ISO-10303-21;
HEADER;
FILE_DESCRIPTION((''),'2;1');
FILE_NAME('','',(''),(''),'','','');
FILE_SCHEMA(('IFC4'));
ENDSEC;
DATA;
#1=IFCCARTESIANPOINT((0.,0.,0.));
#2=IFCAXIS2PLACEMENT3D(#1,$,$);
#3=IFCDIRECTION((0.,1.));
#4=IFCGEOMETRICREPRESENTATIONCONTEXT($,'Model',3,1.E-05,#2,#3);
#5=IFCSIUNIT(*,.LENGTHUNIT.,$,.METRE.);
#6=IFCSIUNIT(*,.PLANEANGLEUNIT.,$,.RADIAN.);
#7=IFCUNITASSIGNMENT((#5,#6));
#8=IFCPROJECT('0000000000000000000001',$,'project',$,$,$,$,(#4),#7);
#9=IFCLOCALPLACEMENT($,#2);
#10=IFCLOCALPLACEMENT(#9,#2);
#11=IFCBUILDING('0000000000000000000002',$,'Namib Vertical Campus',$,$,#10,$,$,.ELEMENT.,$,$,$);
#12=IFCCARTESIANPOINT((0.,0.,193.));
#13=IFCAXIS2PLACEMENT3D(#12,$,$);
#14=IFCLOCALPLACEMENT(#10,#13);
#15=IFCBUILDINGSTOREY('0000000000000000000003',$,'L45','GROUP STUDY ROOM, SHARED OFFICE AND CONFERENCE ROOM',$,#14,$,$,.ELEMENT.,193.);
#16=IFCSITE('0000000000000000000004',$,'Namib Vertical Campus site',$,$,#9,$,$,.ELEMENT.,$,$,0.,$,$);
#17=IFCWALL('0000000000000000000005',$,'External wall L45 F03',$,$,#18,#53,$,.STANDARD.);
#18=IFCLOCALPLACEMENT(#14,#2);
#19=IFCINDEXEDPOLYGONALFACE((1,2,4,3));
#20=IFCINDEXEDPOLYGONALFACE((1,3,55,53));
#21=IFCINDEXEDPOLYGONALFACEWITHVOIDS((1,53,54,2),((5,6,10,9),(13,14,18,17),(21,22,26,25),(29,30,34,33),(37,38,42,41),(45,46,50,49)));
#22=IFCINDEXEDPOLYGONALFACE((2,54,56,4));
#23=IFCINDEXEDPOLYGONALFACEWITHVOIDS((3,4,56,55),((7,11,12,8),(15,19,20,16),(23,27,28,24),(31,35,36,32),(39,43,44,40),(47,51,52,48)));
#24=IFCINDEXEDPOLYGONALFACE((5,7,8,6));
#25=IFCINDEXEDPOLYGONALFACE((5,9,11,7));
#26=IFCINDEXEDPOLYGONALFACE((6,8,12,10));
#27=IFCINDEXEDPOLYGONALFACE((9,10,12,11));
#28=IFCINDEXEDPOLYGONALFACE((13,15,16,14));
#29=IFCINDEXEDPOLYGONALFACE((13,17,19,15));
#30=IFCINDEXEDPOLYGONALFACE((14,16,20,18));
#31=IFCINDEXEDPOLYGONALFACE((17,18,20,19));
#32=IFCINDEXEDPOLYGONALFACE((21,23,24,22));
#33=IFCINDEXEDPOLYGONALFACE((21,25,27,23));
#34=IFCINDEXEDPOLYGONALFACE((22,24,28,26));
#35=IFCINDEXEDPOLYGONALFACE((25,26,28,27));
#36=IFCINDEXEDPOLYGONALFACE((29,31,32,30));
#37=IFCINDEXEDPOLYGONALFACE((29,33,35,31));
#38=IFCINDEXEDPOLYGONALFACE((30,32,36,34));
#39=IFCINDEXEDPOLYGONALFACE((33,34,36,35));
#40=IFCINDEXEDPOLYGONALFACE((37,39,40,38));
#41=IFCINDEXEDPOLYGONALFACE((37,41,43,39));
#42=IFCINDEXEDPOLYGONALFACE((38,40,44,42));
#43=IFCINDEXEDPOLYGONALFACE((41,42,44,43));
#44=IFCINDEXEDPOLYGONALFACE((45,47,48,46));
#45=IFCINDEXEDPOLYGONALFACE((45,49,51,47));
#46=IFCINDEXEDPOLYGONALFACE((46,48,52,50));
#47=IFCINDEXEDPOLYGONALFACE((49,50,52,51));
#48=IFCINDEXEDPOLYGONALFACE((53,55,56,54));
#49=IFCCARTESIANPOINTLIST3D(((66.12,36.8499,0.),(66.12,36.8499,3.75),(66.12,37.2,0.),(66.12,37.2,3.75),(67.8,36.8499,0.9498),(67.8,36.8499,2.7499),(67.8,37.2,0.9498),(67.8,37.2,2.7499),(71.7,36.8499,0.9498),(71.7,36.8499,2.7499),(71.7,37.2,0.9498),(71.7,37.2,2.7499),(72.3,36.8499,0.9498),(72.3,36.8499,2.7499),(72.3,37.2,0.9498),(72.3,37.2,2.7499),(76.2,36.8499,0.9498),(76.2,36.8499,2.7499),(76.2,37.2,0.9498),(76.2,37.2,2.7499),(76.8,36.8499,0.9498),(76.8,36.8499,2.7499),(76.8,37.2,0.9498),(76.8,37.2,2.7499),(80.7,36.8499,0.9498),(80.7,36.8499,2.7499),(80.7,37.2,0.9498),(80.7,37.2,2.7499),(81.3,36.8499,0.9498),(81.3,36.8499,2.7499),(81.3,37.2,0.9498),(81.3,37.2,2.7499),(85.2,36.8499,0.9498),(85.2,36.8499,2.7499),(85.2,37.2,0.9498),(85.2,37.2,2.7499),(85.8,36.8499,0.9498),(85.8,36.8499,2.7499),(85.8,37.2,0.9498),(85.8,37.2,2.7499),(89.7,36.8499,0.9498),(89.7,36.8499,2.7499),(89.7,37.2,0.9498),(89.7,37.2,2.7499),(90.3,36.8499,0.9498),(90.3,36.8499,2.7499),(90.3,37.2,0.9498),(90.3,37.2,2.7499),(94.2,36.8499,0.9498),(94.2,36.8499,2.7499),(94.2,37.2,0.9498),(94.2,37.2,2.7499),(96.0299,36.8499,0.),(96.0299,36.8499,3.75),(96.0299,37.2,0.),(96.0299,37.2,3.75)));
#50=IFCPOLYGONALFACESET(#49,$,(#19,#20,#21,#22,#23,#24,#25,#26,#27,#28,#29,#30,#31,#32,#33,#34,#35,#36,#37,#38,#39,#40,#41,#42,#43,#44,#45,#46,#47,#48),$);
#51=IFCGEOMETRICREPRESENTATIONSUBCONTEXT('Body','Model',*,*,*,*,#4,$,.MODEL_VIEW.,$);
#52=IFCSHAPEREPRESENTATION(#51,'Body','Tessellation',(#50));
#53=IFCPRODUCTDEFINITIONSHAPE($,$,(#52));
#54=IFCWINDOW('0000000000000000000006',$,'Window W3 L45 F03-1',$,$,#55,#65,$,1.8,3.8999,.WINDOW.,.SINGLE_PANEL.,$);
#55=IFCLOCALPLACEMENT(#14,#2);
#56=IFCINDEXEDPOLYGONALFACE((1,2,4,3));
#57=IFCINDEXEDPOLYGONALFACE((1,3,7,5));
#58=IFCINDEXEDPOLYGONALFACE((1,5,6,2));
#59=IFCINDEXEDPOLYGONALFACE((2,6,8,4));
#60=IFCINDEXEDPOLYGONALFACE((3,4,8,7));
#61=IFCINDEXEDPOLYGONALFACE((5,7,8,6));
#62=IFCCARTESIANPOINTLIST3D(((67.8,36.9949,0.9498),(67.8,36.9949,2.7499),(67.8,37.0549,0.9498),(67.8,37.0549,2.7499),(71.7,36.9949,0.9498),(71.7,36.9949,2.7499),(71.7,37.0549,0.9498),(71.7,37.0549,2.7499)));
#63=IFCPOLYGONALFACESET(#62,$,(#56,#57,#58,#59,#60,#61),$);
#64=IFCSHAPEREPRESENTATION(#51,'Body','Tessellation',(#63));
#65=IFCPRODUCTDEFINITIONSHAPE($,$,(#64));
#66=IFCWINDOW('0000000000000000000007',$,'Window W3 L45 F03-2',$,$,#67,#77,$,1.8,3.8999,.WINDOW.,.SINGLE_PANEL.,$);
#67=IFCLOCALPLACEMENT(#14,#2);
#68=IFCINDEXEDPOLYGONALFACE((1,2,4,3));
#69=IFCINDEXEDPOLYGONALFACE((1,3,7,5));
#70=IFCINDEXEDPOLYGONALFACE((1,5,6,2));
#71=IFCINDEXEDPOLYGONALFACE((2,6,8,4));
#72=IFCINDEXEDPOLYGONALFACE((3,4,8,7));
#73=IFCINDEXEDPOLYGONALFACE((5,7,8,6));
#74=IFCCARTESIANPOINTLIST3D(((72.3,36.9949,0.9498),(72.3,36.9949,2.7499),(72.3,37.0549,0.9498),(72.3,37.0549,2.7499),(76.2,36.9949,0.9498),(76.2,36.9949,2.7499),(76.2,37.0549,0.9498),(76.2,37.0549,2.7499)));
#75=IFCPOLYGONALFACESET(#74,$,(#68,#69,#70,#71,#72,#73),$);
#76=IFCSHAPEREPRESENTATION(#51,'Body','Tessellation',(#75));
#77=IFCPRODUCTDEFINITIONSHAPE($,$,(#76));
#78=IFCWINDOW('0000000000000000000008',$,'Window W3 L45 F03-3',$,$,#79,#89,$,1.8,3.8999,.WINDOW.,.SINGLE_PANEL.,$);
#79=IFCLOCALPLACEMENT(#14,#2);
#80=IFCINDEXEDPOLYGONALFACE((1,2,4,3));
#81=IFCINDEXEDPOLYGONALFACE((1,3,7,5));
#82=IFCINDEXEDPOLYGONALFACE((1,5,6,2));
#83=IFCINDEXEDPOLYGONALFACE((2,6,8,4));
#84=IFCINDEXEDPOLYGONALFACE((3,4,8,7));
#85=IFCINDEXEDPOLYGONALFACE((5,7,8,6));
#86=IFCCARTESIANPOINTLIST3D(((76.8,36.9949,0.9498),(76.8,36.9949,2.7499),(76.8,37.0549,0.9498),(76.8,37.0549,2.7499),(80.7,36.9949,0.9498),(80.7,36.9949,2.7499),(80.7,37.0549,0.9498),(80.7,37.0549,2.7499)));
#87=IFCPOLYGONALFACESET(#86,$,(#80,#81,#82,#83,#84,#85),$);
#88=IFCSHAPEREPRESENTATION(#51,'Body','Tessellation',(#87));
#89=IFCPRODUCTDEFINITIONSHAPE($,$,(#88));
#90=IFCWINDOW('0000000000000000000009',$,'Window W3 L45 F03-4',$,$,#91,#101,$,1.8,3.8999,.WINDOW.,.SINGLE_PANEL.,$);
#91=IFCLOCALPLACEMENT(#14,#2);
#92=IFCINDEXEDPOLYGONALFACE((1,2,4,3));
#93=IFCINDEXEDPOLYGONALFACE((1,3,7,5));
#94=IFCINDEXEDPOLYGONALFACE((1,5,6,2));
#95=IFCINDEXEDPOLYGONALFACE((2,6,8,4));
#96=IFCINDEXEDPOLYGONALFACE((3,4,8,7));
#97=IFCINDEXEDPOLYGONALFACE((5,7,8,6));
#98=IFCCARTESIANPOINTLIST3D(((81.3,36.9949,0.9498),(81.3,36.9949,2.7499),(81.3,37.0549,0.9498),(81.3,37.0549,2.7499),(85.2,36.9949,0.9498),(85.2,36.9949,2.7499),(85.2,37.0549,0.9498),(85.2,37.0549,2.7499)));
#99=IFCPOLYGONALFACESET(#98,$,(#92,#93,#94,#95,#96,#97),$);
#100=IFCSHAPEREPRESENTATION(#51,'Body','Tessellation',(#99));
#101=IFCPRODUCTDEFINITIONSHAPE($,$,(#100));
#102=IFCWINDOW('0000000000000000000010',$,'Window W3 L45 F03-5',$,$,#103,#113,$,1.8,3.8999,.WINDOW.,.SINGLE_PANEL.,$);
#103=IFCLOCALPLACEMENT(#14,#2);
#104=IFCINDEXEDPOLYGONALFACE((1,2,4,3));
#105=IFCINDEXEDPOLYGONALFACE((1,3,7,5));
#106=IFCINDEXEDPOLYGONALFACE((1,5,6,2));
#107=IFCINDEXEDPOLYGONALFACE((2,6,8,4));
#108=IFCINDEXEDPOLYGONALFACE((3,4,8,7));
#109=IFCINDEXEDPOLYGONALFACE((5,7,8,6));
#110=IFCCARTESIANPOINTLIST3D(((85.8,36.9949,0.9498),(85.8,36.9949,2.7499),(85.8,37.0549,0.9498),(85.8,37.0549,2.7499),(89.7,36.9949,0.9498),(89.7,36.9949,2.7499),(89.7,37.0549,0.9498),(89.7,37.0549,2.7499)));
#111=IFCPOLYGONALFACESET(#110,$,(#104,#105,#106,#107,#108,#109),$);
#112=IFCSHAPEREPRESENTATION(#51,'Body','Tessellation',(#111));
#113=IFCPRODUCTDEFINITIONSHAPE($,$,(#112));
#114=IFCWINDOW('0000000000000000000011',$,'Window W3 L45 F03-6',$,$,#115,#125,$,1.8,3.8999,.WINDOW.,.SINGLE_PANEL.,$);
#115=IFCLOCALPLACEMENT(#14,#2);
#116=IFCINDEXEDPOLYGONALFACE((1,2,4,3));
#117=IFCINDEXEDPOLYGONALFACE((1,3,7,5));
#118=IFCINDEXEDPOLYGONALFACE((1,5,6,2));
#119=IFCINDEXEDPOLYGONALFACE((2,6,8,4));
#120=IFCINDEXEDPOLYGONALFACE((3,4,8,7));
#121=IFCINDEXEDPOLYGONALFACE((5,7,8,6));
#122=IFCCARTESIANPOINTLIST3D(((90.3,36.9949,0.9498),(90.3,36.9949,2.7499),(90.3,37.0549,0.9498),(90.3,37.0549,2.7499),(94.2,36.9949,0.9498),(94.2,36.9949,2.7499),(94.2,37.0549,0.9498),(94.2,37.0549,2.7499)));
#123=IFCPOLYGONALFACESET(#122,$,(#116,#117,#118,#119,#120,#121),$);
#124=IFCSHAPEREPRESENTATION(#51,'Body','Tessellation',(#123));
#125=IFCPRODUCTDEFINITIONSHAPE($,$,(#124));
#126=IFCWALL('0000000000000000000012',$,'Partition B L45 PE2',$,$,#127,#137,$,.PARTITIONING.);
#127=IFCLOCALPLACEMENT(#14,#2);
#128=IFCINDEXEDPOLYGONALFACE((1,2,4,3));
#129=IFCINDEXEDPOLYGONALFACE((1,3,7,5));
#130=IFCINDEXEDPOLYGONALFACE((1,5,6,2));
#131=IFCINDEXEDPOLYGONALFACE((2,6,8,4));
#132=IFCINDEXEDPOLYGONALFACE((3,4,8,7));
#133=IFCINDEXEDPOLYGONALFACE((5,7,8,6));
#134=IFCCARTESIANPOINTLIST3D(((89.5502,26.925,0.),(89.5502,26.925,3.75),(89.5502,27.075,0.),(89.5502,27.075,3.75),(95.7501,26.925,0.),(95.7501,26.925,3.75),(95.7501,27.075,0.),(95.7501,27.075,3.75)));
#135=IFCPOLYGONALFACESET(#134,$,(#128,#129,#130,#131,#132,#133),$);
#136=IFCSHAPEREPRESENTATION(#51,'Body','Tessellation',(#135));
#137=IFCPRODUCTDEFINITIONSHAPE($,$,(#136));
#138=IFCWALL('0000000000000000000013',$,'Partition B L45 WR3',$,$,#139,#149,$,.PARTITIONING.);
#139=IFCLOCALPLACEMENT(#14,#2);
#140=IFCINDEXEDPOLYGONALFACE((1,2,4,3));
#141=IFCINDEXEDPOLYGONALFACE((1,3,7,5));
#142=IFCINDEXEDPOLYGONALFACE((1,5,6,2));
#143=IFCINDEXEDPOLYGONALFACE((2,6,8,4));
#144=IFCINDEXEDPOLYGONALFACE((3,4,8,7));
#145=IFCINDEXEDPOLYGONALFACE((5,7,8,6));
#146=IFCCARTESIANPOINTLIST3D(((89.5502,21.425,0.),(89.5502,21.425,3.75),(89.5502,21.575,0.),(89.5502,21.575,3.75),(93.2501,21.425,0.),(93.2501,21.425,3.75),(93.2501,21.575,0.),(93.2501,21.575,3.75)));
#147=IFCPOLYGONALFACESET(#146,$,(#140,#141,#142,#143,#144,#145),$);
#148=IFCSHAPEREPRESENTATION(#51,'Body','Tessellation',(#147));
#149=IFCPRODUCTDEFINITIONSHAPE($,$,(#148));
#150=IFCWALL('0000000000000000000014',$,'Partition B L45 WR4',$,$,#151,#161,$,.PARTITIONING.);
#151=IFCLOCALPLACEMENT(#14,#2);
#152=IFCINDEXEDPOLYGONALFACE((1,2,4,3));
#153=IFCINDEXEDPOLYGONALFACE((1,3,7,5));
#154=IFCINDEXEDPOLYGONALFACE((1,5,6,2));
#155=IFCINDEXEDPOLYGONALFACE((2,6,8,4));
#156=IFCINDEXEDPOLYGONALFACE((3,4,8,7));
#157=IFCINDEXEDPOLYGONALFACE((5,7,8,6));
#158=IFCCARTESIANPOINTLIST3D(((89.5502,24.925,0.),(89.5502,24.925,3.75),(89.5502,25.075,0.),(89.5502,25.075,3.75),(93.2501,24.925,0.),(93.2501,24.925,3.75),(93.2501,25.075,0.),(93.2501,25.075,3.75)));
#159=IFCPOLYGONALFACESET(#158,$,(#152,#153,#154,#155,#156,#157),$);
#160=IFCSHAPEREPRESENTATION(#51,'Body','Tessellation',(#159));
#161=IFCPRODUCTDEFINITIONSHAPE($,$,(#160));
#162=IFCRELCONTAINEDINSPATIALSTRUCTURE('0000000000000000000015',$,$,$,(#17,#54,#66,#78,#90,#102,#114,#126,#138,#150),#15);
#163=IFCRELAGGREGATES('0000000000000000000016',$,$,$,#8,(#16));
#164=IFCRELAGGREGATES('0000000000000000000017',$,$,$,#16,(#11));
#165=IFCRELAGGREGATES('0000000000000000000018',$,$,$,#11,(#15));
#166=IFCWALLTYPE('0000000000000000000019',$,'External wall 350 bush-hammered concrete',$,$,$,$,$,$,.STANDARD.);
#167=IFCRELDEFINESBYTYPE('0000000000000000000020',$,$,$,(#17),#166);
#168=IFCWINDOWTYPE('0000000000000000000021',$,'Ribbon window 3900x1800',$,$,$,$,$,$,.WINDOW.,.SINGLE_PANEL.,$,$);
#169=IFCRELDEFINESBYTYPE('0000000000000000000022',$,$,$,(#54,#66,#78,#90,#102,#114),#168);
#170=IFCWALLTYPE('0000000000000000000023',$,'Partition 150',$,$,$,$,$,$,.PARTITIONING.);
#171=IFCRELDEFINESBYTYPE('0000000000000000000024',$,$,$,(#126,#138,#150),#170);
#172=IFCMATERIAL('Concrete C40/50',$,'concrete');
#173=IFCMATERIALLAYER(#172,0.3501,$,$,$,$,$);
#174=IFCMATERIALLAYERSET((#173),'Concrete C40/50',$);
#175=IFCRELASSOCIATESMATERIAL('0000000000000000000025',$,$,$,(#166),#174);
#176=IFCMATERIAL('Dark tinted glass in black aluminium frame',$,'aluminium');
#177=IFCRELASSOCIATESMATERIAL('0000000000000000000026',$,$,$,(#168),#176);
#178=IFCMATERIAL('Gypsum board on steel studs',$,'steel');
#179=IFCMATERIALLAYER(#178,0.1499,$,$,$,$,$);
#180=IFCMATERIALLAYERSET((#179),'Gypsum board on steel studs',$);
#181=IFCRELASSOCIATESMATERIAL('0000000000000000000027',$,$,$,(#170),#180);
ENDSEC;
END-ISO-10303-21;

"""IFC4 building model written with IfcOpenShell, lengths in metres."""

from ifc_helpers import new_model, si_unit, direction, frame, frame_2d, origin, place, context, subcontext, project, spatial, rectangle, extrude, material, layer, layer_set, type_object, element, fill, save


model = new_model("IFC4")

# Units and contexts
model_context = context("Model", 3, precision=1e-05, world=origin(), true_north=direction((0.0, 1.0)))
body_context = subcontext(model_context, "Body", "Model", "MODEL_VIEW")
ifc_project = project(units=[si_unit("LENGTHUNIT", "METRE"), si_unit("PLANEANGLEUNIT", "RADIAN")], contexts=[model_context])

# Site, building, storey
site_placement = place(None, origin())
site = spatial("IfcSite", under=ifc_project, at=site_placement, Name="Namib Vertical Campus site", CompositionType="ELEMENT", RefElevation=0.0)
building_placement = place(site_placement, origin())
building = spatial("IfcBuilding", under=site, at=building_placement, Name="Namib Vertical Campus", CompositionType="ELEMENT")
storey_placement = place(building_placement, frame((0.0, 0.0, 193.0)))
storey = spatial("IfcBuildingStorey", under=building, at=storey_placement, Name="L45", Description="GROUP STUDY ROOM, SHARED OFFICE AND CONFERENCE ROOM", CompositionType="ELEMENT", Elevation=193.0)

# Wall, openings, windows
ifc_material_1 = material(Name="Concrete C40/50", Category="concrete")
ifc_layer_1 = layer(ifc_material_1, 0.3501)
ifc_layer_set_1 = layer_set([ifc_layer_1], Name="Concrete C40/50")
wall_type_1 = type_object("IfcWallType", Name="External wall 350 bush-hammered concrete", PredefinedType="STANDARD", material=ifc_layer_set_1)
wall_1_placement = place(storey_placement, frame((96.03, 37.0249, 0.0), z_axis=(0.0, 0.0, 1.0), x_axis=(-1.0, 0.0, 0.0)))
wall_1 = element("IfcWall", 1, at=wall_1_placement, inside=storey, type_object=wall_type_1, Name="External wall L45 F03", PredefinedType="STANDARD", context=body_context, shape_type="SweptSolid", body=[
    extrude(rectangle(XDim=29.9099, YDim=0.3501, at=frame_2d((14.9551, 0.0))), origin(), (0.0, 0.0, 1.0), 3.75),
])
opening_1_placement = place(wall_1_placement, frame((24.3301, 0.0, 0.95)))
opening_1 = element("IfcOpeningElement", 2, at=opening_1_placement, cuts=wall_1, PredefinedType="OPENING", context=body_context, shape_type="SweptSolid", body=[
    extrude(rectangle(XDim=3.8999, YDim=1.8, at=frame_2d((1.95, 0.8999))), frame((0.0, 0.1851, 0.0), z_axis=(0.0, -1.0, 0.0), x_axis=(1.0, 0.0, 0.0)), (0.0, 0.0, 1.0), 0.3701),
])
opening_2_placement = place(wall_1_placement, frame((19.8301, 0.0, 0.95)))
opening_2 = element("IfcOpeningElement", 3, at=opening_2_placement, cuts=wall_1, PredefinedType="OPENING", context=body_context, shape_type="SweptSolid", body=[
    extrude(rectangle(XDim=3.8999, YDim=1.8, at=frame_2d((1.95, 0.8999))), frame((0.0, 0.1851, 0.0), z_axis=(0.0, -1.0, 0.0), x_axis=(1.0, 0.0, 0.0)), (0.0, 0.0, 1.0), 0.3701),
])
opening_3_placement = place(wall_1_placement, frame((15.3301, 0.0, 0.95)))
opening_3 = element("IfcOpeningElement", 4, at=opening_3_placement, cuts=wall_1, PredefinedType="OPENING", context=body_context, shape_type="SweptSolid", body=[
    extrude(rectangle(XDim=3.8999, YDim=1.8, at=frame_2d((1.95, 0.8999))), frame((0.0, 0.1851, 0.0), z_axis=(0.0, -1.0, 0.0), x_axis=(1.0, 0.0, 0.0)), (0.0, 0.0, 1.0), 0.3701),
])
opening_4_placement = place(wall_1_placement, frame((10.8301, 0.0, 0.95)))
opening_4 = element("IfcOpeningElement", 5, at=opening_4_placement, cuts=wall_1, PredefinedType="OPENING", context=body_context, shape_type="SweptSolid", body=[
    extrude(rectangle(XDim=3.8999, YDim=1.8, at=frame_2d((1.95, 0.8999))), frame((0.0, 0.1851, 0.0), z_axis=(0.0, -1.0, 0.0), x_axis=(1.0, 0.0, 0.0)), (0.0, 0.0, 1.0), 0.3701),
])
opening_5_placement = place(wall_1_placement, frame((6.3301, 0.0, 0.95)))
opening_5 = element("IfcOpeningElement", 6, at=opening_5_placement, cuts=wall_1, PredefinedType="OPENING", context=body_context, shape_type="SweptSolid", body=[
    extrude(rectangle(XDim=3.8999, YDim=1.8, at=frame_2d((1.95, 0.8999))), frame((0.0, 0.1851, 0.0), z_axis=(0.0, -1.0, 0.0), x_axis=(1.0, 0.0, 0.0)), (0.0, 0.0, 1.0), 0.3701),
])
opening_6_placement = place(wall_1_placement, frame((1.8301, 0.0, 0.95)))
opening_6 = element("IfcOpeningElement", 7, at=opening_6_placement, cuts=wall_1, PredefinedType="OPENING", context=body_context, shape_type="SweptSolid", body=[
    extrude(rectangle(XDim=3.8999, YDim=1.8, at=frame_2d((1.95, 0.8999))), frame((0.0, 0.1851, 0.0), z_axis=(0.0, -1.0, 0.0), x_axis=(1.0, 0.0, 0.0)), (0.0, 0.0, 1.0), 0.3701),
])
ifc_material_2 = material(Name="Dark tinted glass in black aluminium frame", Category="aluminium")
window_type = type_object("IfcWindowType", Name="Ribbon window 3900x1800", PartitioningType="SINGLE_PANEL", PredefinedType="WINDOW", material=ifc_material_2)
window_1_placement = place(opening_1_placement, origin())
window_1 = element("IfcWindow", 8, at=window_1_placement, inside=storey, type_object=window_type, Name="Window W3 L45 F03-1", OverallHeight=1.8, OverallWidth=3.8999, PartitioningType="SINGLE_PANEL", PredefinedType="WINDOW", context=body_context, shape_type="SweptSolid", body=[
    extrude(rectangle(XDim=3.8999, YDim=1.8, at=frame_2d((1.95, 0.8999))), frame((0.0, 0.03, 0.0), z_axis=(0.0, -1.0, 0.0), x_axis=(1.0, 0.0, 0.0)), (0.0, 0.0, 1.0), 0.0601),
])
fill(opening_1, window_1)
window_2_placement = place(opening_2_placement, origin())
window_2 = element("IfcWindow", 9, at=window_2_placement, inside=storey, type_object=window_type, Name="Window W3 L45 F03-2", OverallHeight=1.8, OverallWidth=3.8999, PartitioningType="SINGLE_PANEL", PredefinedType="WINDOW", context=body_context, shape_type="SweptSolid", body=[
    extrude(rectangle(XDim=3.8999, YDim=1.8, at=frame_2d((1.95, 0.8999))), frame((0.0, 0.03, 0.0), z_axis=(0.0, -1.0, 0.0), x_axis=(1.0, 0.0, 0.0)), (0.0, 0.0, 1.0), 0.0601),
])
fill(opening_2, window_2)
window_3_placement = place(opening_3_placement, origin())
window_3 = element("IfcWindow", 10, at=window_3_placement, inside=storey, type_object=window_type, Name="Window W3 L45 F03-3", OverallHeight=1.8, OverallWidth=3.8999, PartitioningType="SINGLE_PANEL", PredefinedType="WINDOW", context=body_context, shape_type="SweptSolid", body=[
    extrude(rectangle(XDim=3.8999, YDim=1.8, at=frame_2d((1.95, 0.8999))), frame((0.0, 0.03, 0.0), z_axis=(0.0, -1.0, 0.0), x_axis=(1.0, 0.0, 0.0)), (0.0, 0.0, 1.0), 0.0601),
])
fill(opening_3, window_3)
window_4_placement = place(opening_4_placement, origin())
window_4 = element("IfcWindow", 11, at=window_4_placement, inside=storey, type_object=window_type, Name="Window W3 L45 F03-4", OverallHeight=1.8, OverallWidth=3.8999, PartitioningType="SINGLE_PANEL", PredefinedType="WINDOW", context=body_context, shape_type="SweptSolid", body=[
    extrude(rectangle(XDim=3.8999, YDim=1.8, at=frame_2d((1.95, 0.8999))), frame((0.0, 0.03, 0.0), z_axis=(0.0, -1.0, 0.0), x_axis=(1.0, 0.0, 0.0)), (0.0, 0.0, 1.0), 0.0601),
])
fill(opening_4, window_4)
window_5_placement = place(opening_5_placement, origin())
window_5 = element("IfcWindow", 12, at=window_5_placement, inside=storey, type_object=window_type, Name="Window W3 L45 F03-5", OverallHeight=1.8, OverallWidth=3.8999, PartitioningType="SINGLE_PANEL", PredefinedType="WINDOW", context=body_context, shape_type="SweptSolid", body=[
    extrude(rectangle(XDim=3.8999, YDim=1.8, at=frame_2d((1.95, 0.8999))), frame((0.0, 0.03, 0.0), z_axis=(0.0, -1.0, 0.0), x_axis=(1.0, 0.0, 0.0)), (0.0, 0.0, 1.0), 0.0601),
])
fill(opening_5, window_5)
window_6_placement = place(opening_6_placement, origin())
window_6 = element("IfcWindow", 13, at=window_6_placement, inside=storey, type_object=window_type, Name="Window W3 L45 F03-6", OverallHeight=1.8, OverallWidth=3.8999, PartitioningType="SINGLE_PANEL", PredefinedType="WINDOW", context=body_context, shape_type="SweptSolid", body=[
    extrude(rectangle(XDim=3.8999, YDim=1.8, at=frame_2d((1.95, 0.8999))), frame((0.0, 0.03, 0.0), z_axis=(0.0, -1.0, 0.0), x_axis=(1.0, 0.0, 0.0)), (0.0, 0.0, 1.0), 0.0601),
])
fill(opening_6, window_6)

# Walls
ifc_material_3 = material(Name="Gypsum board on steel studs", Category="steel")
ifc_layer_2 = layer(ifc_material_3, 0.1499)
ifc_layer_set_2 = layer_set([ifc_layer_2], Name="Gypsum board on steel studs")
wall_type_2 = type_object("IfcWallType", Name="Partition 150", PredefinedType="PARTITIONING", material=ifc_layer_set_2)
wall_2_placement = place(storey_placement, frame((89.55, 27.0, 0.0), z_axis=(0.0, 0.0, 1.0), x_axis=(1.0, 0.0, 0.0)))
element("IfcWall", 14, at=wall_2_placement, inside=storey, type_object=wall_type_2, Name="Partition B L45 PE2", PredefinedType="PARTITIONING", context=body_context, shape_type="SweptSolid", body=[
    extrude(rectangle(XDim=6.2, YDim=0.1499, at=frame_2d((3.1001, 0.0))), origin(), (0.0, 0.0, 1.0), 3.75),
])
for number, where, z_axis, x_axis, name in (
    (15, (89.55, 21.5, 0.0), (0.0, 0.0, 1.0), (1.0, 0.0, 0.0), "Partition B L45 WR3"),
    (16, (89.55, 25.0, 0.0), (0.0, 0.0, 1.0), (1.0, 0.0, 0.0), "Partition B L45 WR4"),
):
    element("IfcWall", number, at=place(storey_placement, frame(where, z_axis=z_axis, x_axis=x_axis)), inside=storey, type_object=wall_type_2, Name=name, PredefinedType="PARTITIONING", context=body_context, shape_type="SweptSolid", body=[
        extrude(rectangle(XDim=3.7, YDim=0.1499, at=frame_2d((1.8501, 0.0))), origin(), (0.0, 0.0, 1.0), 3.75),
    ])

save(model, "model.ifc")
